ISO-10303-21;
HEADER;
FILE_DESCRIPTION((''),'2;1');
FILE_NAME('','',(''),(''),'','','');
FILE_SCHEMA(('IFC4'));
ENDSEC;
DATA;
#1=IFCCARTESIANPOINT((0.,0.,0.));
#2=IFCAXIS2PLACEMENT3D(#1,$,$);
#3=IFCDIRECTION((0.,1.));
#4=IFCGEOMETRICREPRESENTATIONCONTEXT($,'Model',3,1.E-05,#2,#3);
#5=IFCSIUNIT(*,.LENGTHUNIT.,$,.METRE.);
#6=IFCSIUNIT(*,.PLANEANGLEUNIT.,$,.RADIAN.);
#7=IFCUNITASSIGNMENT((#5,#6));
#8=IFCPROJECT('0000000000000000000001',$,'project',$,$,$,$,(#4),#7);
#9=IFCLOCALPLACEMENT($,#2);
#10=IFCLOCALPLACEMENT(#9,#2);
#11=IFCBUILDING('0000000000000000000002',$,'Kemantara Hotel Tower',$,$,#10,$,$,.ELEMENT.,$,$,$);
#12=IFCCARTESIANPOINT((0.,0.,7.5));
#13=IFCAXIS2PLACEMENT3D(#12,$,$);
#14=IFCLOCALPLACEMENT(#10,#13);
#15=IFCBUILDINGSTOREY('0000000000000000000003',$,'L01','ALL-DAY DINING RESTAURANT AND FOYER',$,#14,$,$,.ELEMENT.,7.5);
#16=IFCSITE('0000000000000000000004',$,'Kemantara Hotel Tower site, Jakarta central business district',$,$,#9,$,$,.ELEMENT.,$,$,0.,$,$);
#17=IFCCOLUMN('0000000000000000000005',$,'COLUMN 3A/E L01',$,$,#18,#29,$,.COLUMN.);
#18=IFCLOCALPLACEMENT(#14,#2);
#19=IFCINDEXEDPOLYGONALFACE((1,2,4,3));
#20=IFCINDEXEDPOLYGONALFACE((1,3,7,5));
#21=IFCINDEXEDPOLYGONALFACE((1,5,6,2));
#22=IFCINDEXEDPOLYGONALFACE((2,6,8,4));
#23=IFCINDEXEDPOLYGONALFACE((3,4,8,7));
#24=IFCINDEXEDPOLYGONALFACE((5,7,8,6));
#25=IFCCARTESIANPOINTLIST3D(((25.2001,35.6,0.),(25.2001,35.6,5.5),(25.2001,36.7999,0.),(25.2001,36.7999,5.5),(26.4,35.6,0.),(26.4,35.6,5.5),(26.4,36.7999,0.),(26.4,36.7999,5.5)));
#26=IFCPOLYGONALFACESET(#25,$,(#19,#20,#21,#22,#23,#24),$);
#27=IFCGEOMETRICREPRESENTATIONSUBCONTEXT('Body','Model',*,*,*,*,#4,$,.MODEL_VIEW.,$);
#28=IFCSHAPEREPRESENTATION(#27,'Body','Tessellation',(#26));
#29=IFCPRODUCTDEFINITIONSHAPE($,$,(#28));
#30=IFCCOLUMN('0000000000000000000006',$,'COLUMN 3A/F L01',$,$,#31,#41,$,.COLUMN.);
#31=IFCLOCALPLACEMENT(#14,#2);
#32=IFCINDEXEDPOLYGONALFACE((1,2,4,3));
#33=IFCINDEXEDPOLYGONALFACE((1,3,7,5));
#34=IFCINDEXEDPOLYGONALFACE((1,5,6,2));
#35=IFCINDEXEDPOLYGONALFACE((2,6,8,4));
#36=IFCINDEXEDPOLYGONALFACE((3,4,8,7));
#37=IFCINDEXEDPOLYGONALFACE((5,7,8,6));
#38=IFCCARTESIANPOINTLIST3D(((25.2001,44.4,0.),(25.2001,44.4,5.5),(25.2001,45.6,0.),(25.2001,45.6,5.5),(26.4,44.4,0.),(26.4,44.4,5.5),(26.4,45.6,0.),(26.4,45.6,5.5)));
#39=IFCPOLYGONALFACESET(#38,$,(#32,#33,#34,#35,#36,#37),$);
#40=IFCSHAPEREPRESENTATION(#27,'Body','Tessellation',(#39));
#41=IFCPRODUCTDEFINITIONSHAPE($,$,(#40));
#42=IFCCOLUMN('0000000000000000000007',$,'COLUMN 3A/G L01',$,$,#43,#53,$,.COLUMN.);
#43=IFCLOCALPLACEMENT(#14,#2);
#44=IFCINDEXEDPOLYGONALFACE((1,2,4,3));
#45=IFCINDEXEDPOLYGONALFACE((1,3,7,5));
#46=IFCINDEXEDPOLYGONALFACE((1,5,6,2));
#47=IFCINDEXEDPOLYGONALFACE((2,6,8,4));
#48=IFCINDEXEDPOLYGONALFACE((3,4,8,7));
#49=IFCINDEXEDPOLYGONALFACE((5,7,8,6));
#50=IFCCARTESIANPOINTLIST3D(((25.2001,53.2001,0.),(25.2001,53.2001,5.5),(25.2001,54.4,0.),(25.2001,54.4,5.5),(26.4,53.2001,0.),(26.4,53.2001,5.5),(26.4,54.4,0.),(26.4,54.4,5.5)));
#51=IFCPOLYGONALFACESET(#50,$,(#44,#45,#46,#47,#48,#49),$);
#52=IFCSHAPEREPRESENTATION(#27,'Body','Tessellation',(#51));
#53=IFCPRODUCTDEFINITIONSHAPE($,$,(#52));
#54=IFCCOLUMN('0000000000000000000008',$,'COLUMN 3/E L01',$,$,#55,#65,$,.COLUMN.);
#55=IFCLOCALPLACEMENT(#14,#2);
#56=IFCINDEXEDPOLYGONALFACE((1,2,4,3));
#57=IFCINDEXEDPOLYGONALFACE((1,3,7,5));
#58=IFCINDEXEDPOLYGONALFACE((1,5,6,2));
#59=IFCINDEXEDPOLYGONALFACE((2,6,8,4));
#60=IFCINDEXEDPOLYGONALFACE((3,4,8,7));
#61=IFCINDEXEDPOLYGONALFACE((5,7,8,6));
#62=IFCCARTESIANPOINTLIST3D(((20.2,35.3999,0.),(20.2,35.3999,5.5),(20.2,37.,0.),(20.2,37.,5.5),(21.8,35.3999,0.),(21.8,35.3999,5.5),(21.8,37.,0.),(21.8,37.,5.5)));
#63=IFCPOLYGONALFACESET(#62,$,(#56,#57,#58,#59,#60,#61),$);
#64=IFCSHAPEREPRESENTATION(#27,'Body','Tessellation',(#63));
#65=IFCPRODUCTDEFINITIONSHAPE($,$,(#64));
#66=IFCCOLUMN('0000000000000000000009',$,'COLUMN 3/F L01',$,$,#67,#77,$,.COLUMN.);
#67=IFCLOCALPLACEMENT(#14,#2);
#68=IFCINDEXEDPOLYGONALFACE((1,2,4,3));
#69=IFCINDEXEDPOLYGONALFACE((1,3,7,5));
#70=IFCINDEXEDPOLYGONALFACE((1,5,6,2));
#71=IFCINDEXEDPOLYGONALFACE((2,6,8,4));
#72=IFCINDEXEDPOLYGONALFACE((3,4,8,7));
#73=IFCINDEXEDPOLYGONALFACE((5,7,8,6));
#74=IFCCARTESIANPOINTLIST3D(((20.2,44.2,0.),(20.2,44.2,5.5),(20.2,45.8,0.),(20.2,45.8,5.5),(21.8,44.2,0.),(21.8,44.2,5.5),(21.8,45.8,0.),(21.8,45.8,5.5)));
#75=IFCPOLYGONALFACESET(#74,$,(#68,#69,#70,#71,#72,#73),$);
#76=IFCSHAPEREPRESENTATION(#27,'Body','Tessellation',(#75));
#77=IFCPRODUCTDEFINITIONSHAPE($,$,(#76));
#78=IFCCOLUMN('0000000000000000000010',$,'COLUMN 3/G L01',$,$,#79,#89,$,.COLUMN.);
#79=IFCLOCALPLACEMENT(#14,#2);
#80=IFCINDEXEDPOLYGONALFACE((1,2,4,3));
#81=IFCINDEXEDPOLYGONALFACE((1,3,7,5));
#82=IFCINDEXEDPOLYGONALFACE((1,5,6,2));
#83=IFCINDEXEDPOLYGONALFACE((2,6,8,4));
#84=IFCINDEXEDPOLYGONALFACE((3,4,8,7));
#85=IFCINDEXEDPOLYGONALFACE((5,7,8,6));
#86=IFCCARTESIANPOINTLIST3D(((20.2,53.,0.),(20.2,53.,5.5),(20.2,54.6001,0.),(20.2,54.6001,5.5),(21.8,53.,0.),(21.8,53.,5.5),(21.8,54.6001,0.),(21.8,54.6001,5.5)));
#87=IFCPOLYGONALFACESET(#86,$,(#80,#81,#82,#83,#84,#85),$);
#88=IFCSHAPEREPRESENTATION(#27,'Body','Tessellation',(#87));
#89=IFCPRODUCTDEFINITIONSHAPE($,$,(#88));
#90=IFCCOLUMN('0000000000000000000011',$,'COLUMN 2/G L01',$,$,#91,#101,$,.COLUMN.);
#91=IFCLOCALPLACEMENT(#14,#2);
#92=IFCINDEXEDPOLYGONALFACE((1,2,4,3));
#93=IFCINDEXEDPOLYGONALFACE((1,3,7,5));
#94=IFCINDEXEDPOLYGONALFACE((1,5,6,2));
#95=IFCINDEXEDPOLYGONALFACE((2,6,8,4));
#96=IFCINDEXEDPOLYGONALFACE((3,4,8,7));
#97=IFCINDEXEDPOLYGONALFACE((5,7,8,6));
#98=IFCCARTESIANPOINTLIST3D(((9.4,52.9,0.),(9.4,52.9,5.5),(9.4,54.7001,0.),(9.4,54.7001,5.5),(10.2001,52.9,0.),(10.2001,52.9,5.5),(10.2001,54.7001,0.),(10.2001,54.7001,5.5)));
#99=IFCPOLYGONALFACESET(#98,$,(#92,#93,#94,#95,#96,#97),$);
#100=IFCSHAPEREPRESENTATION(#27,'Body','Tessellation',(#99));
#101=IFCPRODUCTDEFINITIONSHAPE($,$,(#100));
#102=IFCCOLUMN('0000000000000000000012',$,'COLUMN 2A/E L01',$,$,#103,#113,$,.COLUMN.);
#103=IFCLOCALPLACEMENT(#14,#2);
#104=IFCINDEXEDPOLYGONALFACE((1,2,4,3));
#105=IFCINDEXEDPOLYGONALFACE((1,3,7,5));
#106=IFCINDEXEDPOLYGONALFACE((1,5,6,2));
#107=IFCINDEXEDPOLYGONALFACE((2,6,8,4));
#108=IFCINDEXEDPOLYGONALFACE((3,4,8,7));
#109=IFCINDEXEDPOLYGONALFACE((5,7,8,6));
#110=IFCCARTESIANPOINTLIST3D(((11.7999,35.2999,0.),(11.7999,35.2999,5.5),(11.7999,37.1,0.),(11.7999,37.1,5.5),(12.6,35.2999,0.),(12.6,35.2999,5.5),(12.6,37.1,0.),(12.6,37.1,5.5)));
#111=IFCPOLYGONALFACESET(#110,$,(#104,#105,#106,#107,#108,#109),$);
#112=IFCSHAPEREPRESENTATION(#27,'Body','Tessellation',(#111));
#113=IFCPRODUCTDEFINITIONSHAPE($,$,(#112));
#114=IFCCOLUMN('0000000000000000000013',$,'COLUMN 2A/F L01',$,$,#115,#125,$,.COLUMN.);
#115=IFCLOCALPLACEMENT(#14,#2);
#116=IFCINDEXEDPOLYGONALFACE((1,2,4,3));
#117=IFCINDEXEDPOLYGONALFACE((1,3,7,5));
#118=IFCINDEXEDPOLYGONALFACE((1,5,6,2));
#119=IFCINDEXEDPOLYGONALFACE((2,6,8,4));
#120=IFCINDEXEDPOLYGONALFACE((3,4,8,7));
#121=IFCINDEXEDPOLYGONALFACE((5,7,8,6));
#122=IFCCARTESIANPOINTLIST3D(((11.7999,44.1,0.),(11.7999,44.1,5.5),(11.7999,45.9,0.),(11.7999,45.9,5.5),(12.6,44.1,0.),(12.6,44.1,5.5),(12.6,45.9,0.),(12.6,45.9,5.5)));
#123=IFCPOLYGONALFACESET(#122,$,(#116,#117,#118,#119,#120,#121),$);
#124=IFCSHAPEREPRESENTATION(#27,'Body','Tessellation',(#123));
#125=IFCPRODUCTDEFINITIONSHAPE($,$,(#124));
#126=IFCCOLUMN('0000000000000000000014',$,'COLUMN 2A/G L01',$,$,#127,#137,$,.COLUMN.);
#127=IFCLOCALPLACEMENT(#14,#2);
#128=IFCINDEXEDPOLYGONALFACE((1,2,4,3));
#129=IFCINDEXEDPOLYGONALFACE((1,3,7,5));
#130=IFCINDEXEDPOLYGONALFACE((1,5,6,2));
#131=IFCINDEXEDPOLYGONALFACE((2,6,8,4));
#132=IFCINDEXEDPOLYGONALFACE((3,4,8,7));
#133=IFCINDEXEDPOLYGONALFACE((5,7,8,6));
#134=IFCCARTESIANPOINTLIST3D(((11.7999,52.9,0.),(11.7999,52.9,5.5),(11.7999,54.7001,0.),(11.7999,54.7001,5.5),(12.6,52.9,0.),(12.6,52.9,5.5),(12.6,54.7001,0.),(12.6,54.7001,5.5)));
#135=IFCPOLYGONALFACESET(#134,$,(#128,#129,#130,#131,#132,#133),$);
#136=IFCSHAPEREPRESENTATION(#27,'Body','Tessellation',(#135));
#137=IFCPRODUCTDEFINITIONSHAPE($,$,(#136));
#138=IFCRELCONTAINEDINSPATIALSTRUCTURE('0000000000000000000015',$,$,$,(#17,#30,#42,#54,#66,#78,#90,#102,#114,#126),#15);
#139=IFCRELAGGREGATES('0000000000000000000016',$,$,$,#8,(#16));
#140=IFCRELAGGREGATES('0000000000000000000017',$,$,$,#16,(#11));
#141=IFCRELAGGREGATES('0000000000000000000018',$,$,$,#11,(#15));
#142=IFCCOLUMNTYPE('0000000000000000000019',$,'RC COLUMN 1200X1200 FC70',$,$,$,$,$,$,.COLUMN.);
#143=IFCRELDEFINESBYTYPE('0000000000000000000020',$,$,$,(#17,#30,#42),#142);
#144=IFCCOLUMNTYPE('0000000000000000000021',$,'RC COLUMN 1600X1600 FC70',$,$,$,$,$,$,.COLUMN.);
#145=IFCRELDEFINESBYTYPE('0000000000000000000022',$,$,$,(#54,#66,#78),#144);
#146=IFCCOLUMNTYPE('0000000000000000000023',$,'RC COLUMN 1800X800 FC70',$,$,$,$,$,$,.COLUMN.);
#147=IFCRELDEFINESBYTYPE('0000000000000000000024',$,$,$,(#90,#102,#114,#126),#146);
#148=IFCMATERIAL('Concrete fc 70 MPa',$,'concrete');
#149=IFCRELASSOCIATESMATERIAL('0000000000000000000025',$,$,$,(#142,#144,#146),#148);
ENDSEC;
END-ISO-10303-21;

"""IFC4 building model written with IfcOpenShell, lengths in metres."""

from ifc_helpers import new_model, si_unit, direction, frame, origin, origin_2d, place, context, subcontext, project, spatial, rectangle, extrude, material, material_profile, profile_set, type_object, element, save


model = new_model("IFC4")

# Units and contexts
model_context = context("Model", 3, precision=1e-05, world=origin(), true_north=direction((0.0, 1.0)))
body_context = subcontext(model_context, "Body", "Model", "MODEL_VIEW")
ifc_project = project(units=[si_unit("LENGTHUNIT", "METRE"), si_unit("PLANEANGLEUNIT", "RADIAN")], contexts=[model_context])

# Site, building, storey
site_placement = place(None, origin())
site = spatial("IfcSite", under=ifc_project, at=site_placement, Name="Kemantara Hotel Tower site, Jakarta central business district", CompositionType="ELEMENT", RefElevation=0.0)
building_placement = place(site_placement, origin())
building = spatial("IfcBuilding", under=site, at=building_placement, Name="Kemantara Hotel Tower", CompositionType="ELEMENT")
storey_placement = place(building_placement, frame((0.0, 0.0, 7.5)))
storey = spatial("IfcBuildingStorey", under=building, at=storey_placement, Name="L01", Description="ALL-DAY DINING RESTAURANT AND FOYER", CompositionType="ELEMENT", Elevation=7.5)

# Columns
ifc_material_1 = material(Name="Concrete fc 70 MPa", Category="concrete")
ifc_material_profile_1 = material_profile(ifc_material_1, rectangle(XDim=1.2, YDim=1.2, at=origin_2d()), Name="RC 1200X1200")
ifc_profile_set_1 = profile_set([ifc_material_profile_1], Name="Concrete fc 70 MPa")
column_type_1 = type_object("IfcColumnType", Name="RC COLUMN 1200X1200 FC70", PredefinedType="COLUMN", material=ifc_profile_set_1)
for number, where, z_axis, x_axis, name in (
    (1, (25.8, 36.2, 0.0), (0.0, 0.0, 1.0), (1.0, 0.0, 0.0), "COLUMN 3A/E L01"),
    (2, (25.8, 45.0, 0.0), (0.0, 0.0, 1.0), (1.0, 0.0, 0.0), "COLUMN 3A/F L01"),
    (3, (25.8, 53.8, 0.0), (0.0, 0.0, 1.0), (1.0, 0.0, 0.0), "COLUMN 3A/G L01"),
):
    element("IfcColumn", number, at=place(storey_placement, frame(where, z_axis=z_axis, x_axis=x_axis)), inside=storey, type_object=column_type_1, Name=name, PredefinedType="COLUMN", context=body_context, shape_type="SweptSolid", body=[
        extrude(rectangle(XDim=1.2, YDim=1.2, at=origin_2d()), origin(), (0.0, 0.0, 1.0), 5.5),
    ])
ifc_material_profile_2 = material_profile(ifc_material_1, rectangle(XDim=1.6001, YDim=1.6001, at=origin_2d()), Name="RC 1600X1600")
ifc_profile_set_2 = profile_set([ifc_material_profile_2], Name="Concrete fc 70 MPa")
column_type_2 = type_object("IfcColumnType", Name="RC COLUMN 1600X1600 FC70", PredefinedType="COLUMN", material=ifc_profile_set_2)
for number, where, z_axis, x_axis, name in (
    (4, (21.0, 36.2, 0.0), (0.0, 0.0, 1.0), (1.0, 0.0, 0.0), "COLUMN 3/E L01"),
    (5, (21.0, 45.0, 0.0), (0.0, 0.0, 1.0), (1.0, 0.0, 0.0), "COLUMN 3/F L01"),
    (6, (21.0, 53.8, 0.0), (0.0, 0.0, 1.0), (1.0, 0.0, 0.0), "COLUMN 3/G L01"),
):
    element("IfcColumn", number, at=place(storey_placement, frame(where, z_axis=z_axis, x_axis=x_axis)), inside=storey, type_object=column_type_2, Name=name, PredefinedType="COLUMN", context=body_context, shape_type="SweptSolid", body=[
        extrude(rectangle(XDim=1.6001, YDim=1.6001, at=origin_2d()), origin(), (0.0, 0.0, 1.0), 5.5),
    ])
ifc_material_profile_3 = material_profile(ifc_material_1, rectangle(XDim=1.8, YDim=0.8, at=origin_2d()), Name="RC 1800X800")
ifc_profile_set_3 = profile_set([ifc_material_profile_3], Name="Concrete fc 70 MPa")
column_type_3 = type_object("IfcColumnType", Name="RC COLUMN 1800X800 FC70", PredefinedType="COLUMN", material=ifc_profile_set_3)
for number, where, z_axis, x_axis, name in (
    (7, (9.8, 53.8, 0.0), (0.0, 0.0, 1.0), (0.0, 1.0, 0.0), "COLUMN 2/G L01"),
    (8, (12.2, 36.2, 0.0), (0.0, 0.0, 1.0), (0.0, 1.0, 0.0), "COLUMN 2A/E L01"),
    (9, (12.2, 45.0, 0.0), (0.0, 0.0, 1.0), (0.0, 1.0, 0.0), "COLUMN 2A/F L01"),
    (10, (12.2, 53.8, 0.0), (0.0, 0.0, 1.0), (0.0, 1.0, 0.0), "COLUMN 2A/G L01"),
):
    element("IfcColumn", number, at=place(storey_placement, frame(where, z_axis=z_axis, x_axis=x_axis)), inside=storey, type_object=column_type_3, Name=name, PredefinedType="COLUMN", context=body_context, shape_type="SweptSolid", body=[
        extrude(rectangle(XDim=1.8, YDim=0.8, at=origin_2d()), origin(), (0.0, 0.0, 1.0), 5.5),
    ])

save(model, "model.ifc")
